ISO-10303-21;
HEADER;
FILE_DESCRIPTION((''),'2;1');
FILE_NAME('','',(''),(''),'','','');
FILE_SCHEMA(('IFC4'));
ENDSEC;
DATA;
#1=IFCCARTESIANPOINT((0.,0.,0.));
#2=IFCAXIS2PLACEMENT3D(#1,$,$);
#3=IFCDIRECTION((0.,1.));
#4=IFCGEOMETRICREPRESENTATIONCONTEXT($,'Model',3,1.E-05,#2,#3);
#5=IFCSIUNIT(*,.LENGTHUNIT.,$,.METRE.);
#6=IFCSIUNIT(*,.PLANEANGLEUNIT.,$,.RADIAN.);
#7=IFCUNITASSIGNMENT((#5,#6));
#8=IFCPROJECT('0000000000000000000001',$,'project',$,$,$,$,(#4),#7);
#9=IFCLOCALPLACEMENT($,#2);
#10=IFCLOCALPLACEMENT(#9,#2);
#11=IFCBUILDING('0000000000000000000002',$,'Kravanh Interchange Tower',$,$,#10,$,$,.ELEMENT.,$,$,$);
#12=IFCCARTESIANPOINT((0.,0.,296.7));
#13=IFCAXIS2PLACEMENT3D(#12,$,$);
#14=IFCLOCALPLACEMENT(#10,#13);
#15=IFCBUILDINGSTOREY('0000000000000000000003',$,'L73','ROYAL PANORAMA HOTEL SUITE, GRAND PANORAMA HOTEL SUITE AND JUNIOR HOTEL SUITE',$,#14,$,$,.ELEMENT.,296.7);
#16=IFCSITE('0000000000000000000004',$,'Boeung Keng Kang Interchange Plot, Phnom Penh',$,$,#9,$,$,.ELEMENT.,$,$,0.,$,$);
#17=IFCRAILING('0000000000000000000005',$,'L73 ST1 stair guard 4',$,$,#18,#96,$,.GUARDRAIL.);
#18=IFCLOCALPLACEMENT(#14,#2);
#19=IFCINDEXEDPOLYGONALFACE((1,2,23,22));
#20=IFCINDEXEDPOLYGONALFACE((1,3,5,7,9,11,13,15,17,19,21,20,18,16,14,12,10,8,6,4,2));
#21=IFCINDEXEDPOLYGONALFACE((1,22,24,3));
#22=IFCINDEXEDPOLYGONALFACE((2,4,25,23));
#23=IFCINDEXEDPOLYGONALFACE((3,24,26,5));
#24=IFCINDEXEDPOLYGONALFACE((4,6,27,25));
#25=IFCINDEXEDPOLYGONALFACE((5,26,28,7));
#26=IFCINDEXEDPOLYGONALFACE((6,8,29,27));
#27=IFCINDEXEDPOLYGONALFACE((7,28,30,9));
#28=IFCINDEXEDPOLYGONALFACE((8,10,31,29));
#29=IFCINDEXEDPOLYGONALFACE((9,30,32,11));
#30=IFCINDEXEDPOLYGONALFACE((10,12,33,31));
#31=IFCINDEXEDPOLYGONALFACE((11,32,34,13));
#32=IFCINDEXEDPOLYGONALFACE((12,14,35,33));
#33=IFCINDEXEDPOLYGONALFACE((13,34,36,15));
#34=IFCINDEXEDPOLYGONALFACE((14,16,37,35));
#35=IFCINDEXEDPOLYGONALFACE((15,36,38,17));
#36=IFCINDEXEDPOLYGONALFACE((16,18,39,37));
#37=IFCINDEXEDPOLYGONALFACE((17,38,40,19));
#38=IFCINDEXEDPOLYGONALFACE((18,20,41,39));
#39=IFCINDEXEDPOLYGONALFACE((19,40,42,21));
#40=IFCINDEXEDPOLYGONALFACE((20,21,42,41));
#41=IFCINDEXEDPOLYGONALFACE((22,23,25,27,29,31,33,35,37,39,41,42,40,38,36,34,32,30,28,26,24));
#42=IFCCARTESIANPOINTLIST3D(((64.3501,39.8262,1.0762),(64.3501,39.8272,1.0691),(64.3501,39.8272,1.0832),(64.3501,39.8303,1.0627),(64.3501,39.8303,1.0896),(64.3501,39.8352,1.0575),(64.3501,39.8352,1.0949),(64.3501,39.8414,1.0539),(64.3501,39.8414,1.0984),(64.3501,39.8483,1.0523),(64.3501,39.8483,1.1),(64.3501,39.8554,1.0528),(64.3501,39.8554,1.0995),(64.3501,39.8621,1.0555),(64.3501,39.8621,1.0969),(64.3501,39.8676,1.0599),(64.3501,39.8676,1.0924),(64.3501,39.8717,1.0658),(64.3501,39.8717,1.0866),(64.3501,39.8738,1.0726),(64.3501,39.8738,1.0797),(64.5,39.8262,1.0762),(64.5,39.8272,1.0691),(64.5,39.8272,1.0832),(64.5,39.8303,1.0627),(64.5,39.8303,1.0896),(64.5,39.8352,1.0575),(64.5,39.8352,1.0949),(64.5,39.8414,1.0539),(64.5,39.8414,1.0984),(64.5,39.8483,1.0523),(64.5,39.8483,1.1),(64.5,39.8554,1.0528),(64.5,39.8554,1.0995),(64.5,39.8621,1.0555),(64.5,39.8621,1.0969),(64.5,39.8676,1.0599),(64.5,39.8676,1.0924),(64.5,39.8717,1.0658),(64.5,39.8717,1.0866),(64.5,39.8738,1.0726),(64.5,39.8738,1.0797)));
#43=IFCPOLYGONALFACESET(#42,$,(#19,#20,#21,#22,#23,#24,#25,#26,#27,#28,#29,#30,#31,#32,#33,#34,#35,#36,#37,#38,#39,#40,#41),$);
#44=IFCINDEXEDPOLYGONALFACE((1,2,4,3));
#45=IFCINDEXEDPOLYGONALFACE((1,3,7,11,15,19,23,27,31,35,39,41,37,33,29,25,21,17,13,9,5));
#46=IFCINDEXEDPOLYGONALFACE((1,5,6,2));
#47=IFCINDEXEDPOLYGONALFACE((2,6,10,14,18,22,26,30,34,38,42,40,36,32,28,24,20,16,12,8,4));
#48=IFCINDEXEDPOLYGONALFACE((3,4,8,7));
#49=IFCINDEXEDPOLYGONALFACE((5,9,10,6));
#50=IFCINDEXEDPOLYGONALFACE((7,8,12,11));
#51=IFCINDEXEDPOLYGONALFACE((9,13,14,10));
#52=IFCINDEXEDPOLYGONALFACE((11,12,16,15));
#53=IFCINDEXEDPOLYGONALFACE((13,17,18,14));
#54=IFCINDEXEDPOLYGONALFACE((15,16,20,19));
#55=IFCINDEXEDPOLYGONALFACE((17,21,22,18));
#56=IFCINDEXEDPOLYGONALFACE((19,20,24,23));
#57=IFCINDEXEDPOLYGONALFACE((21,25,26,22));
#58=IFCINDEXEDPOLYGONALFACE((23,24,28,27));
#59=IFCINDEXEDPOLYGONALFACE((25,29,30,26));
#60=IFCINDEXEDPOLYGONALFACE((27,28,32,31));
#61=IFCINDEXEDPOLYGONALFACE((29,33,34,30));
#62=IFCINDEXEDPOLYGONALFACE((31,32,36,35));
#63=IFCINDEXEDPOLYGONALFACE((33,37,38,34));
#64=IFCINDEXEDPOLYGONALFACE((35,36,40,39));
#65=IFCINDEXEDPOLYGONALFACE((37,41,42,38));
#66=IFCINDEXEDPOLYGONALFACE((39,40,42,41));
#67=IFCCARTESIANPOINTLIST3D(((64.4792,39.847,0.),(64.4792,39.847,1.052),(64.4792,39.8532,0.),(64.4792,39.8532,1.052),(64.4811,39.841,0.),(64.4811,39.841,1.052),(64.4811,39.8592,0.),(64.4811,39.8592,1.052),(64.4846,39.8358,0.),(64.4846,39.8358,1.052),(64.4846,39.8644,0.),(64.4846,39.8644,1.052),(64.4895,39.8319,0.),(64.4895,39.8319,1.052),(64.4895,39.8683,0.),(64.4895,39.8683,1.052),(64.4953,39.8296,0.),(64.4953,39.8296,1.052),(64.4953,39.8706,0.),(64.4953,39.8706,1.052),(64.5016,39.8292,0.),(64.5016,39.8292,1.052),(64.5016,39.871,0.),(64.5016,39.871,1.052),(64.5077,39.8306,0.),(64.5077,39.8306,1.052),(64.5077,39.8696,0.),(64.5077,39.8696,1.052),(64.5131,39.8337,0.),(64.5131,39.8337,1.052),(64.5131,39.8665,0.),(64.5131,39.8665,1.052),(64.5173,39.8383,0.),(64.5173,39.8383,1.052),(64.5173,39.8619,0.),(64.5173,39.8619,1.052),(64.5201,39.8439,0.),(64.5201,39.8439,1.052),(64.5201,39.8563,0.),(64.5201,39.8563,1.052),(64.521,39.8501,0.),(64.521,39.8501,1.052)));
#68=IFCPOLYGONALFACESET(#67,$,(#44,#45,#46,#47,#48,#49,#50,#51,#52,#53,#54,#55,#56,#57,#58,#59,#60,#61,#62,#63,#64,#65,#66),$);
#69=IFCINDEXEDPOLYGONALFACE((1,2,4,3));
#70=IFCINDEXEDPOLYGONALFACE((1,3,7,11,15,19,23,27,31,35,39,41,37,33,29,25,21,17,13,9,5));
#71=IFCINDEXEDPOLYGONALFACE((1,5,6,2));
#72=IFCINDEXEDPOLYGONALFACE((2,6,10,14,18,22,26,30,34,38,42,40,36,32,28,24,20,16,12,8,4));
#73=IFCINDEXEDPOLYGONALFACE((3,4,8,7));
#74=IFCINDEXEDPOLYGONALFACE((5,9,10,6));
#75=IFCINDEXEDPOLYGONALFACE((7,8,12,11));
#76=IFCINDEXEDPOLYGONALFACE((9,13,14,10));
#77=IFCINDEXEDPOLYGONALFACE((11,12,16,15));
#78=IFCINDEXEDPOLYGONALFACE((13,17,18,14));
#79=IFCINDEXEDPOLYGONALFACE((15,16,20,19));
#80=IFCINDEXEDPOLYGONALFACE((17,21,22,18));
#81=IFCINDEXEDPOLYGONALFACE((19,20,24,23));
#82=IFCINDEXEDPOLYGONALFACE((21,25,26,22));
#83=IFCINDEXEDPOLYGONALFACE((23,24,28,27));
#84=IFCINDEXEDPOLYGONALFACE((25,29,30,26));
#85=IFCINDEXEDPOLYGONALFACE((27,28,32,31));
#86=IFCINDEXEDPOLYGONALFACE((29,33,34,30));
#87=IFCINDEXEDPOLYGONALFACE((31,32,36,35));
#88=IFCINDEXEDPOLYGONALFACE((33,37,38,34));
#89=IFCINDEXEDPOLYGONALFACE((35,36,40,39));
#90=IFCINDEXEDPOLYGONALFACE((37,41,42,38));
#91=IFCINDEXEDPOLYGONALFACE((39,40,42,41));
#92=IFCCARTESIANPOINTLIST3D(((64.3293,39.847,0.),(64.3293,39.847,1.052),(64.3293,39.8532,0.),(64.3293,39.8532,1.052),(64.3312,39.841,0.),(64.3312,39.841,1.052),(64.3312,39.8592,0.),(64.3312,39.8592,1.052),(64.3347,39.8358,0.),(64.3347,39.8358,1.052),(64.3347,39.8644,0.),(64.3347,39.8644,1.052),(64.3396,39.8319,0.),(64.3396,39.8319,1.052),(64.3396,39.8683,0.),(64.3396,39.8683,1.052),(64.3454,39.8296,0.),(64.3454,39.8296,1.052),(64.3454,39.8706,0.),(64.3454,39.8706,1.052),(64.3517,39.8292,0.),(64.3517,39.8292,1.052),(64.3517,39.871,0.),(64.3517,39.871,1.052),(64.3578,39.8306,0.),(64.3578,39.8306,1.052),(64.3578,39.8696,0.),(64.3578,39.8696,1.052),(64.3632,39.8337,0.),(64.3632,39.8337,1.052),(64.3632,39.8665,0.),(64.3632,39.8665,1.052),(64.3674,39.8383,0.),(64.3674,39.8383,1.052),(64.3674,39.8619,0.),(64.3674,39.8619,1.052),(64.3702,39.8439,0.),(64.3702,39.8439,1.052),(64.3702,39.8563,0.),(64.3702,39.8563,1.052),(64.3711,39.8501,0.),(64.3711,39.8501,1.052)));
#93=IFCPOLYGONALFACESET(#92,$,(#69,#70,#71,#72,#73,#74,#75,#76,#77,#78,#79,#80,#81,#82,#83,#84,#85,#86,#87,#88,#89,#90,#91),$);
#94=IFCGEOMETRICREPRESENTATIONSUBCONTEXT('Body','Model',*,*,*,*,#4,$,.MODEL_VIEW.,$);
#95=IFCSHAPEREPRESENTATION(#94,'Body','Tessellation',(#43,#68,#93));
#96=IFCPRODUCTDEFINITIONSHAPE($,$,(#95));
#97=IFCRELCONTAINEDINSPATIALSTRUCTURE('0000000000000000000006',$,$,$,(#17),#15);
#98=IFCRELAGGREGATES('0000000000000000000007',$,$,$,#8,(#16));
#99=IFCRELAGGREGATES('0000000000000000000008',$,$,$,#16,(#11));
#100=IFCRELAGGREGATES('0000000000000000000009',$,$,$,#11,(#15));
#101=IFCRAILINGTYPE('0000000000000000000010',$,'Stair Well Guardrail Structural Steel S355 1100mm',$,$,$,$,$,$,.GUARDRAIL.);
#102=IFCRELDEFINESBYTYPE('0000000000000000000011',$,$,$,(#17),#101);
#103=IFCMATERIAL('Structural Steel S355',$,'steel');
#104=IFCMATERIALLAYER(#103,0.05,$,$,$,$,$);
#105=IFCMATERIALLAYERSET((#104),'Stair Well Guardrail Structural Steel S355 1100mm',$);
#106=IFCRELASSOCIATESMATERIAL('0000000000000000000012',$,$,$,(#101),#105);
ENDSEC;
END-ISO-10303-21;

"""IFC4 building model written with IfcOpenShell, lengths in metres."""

from ifc_helpers import new_model, si_unit, direction, frame, origin, origin_2d, place, context, subcontext, project, spatial, circle, extrude, material, layer, layer_set, type_object, element, save


model = new_model("IFC4")

# Units and contexts
model_context = context("Model", 3, precision=1e-05, world=origin(), true_north=direction((0.0, 1.0)))
body_context = subcontext(model_context, "Body", "Model", "MODEL_VIEW")
ifc_project = project(units=[si_unit("LENGTHUNIT", "METRE"), si_unit("PLANEANGLEUNIT", "RADIAN")], contexts=[model_context])

# Site, building, storey
site_placement = place(None, origin())
site = spatial("IfcSite", under=ifc_project, at=site_placement, Name="Boeung Keng Kang Interchange Plot, Phnom Penh", CompositionType="ELEMENT", RefElevation=0.0)
building_placement = place(site_placement, origin())
building = spatial("IfcBuilding", under=site, at=building_placement, Name="Kravanh Interchange Tower", CompositionType="ELEMENT")
storey_placement = place(building_placement, frame((0.0, 0.0, 296.7)))
storey = spatial("IfcBuildingStorey", under=building, at=storey_placement, Name="L73", Description="ROYAL PANORAMA HOTEL SUITE, GRAND PANORAMA HOTEL SUITE AND JUNIOR HOTEL SUITE", CompositionType="ELEMENT", Elevation=296.7)

# Railing
ifc_material_1 = material(Name="Structural Steel S355", Category="steel")
ifc_layer_1 = layer(ifc_material_1, 0.05)
ifc_layer_set_1 = layer_set([ifc_layer_1], Name="Stair Well Guardrail Structural Steel S355 1100mm")
railing_type_1 = type_object("IfcRailingType", Name="Stair Well Guardrail Structural Steel S355 1100mm", PredefinedType="GUARDRAIL", material=ifc_layer_set_1)
railing_1_placement = place(storey_placement, frame((64.5, 39.8501, 0.0)))
element("IfcRailing", 1, at=railing_1_placement, inside=storey, type_object=railing_type_1, Name="L73 ST1 stair guard 4", PredefinedType="GUARDRAIL", context=body_context, shape_type="SweptSolid", body=[
    extrude(circle(Radius=0.0239, at=origin_2d()), frame((0.0, 0.0, 1.0762), z_axis=(-1.0, 0.0, 0.0), x_axis=(0.0, -1.0, 0.0)), (0.0, 0.0, 1.0), 0.1499),
    extrude(circle(Radius=0.021, at=origin_2d()), origin(), (0.0, 0.0, 1.0), 1.052),
    extrude(circle(Radius=0.021, at=origin_2d()), frame((-0.1499, 0.0, 0.0)), (0.0, 0.0, 1.0), 1.052),
])

save(model, "model.ifc")
